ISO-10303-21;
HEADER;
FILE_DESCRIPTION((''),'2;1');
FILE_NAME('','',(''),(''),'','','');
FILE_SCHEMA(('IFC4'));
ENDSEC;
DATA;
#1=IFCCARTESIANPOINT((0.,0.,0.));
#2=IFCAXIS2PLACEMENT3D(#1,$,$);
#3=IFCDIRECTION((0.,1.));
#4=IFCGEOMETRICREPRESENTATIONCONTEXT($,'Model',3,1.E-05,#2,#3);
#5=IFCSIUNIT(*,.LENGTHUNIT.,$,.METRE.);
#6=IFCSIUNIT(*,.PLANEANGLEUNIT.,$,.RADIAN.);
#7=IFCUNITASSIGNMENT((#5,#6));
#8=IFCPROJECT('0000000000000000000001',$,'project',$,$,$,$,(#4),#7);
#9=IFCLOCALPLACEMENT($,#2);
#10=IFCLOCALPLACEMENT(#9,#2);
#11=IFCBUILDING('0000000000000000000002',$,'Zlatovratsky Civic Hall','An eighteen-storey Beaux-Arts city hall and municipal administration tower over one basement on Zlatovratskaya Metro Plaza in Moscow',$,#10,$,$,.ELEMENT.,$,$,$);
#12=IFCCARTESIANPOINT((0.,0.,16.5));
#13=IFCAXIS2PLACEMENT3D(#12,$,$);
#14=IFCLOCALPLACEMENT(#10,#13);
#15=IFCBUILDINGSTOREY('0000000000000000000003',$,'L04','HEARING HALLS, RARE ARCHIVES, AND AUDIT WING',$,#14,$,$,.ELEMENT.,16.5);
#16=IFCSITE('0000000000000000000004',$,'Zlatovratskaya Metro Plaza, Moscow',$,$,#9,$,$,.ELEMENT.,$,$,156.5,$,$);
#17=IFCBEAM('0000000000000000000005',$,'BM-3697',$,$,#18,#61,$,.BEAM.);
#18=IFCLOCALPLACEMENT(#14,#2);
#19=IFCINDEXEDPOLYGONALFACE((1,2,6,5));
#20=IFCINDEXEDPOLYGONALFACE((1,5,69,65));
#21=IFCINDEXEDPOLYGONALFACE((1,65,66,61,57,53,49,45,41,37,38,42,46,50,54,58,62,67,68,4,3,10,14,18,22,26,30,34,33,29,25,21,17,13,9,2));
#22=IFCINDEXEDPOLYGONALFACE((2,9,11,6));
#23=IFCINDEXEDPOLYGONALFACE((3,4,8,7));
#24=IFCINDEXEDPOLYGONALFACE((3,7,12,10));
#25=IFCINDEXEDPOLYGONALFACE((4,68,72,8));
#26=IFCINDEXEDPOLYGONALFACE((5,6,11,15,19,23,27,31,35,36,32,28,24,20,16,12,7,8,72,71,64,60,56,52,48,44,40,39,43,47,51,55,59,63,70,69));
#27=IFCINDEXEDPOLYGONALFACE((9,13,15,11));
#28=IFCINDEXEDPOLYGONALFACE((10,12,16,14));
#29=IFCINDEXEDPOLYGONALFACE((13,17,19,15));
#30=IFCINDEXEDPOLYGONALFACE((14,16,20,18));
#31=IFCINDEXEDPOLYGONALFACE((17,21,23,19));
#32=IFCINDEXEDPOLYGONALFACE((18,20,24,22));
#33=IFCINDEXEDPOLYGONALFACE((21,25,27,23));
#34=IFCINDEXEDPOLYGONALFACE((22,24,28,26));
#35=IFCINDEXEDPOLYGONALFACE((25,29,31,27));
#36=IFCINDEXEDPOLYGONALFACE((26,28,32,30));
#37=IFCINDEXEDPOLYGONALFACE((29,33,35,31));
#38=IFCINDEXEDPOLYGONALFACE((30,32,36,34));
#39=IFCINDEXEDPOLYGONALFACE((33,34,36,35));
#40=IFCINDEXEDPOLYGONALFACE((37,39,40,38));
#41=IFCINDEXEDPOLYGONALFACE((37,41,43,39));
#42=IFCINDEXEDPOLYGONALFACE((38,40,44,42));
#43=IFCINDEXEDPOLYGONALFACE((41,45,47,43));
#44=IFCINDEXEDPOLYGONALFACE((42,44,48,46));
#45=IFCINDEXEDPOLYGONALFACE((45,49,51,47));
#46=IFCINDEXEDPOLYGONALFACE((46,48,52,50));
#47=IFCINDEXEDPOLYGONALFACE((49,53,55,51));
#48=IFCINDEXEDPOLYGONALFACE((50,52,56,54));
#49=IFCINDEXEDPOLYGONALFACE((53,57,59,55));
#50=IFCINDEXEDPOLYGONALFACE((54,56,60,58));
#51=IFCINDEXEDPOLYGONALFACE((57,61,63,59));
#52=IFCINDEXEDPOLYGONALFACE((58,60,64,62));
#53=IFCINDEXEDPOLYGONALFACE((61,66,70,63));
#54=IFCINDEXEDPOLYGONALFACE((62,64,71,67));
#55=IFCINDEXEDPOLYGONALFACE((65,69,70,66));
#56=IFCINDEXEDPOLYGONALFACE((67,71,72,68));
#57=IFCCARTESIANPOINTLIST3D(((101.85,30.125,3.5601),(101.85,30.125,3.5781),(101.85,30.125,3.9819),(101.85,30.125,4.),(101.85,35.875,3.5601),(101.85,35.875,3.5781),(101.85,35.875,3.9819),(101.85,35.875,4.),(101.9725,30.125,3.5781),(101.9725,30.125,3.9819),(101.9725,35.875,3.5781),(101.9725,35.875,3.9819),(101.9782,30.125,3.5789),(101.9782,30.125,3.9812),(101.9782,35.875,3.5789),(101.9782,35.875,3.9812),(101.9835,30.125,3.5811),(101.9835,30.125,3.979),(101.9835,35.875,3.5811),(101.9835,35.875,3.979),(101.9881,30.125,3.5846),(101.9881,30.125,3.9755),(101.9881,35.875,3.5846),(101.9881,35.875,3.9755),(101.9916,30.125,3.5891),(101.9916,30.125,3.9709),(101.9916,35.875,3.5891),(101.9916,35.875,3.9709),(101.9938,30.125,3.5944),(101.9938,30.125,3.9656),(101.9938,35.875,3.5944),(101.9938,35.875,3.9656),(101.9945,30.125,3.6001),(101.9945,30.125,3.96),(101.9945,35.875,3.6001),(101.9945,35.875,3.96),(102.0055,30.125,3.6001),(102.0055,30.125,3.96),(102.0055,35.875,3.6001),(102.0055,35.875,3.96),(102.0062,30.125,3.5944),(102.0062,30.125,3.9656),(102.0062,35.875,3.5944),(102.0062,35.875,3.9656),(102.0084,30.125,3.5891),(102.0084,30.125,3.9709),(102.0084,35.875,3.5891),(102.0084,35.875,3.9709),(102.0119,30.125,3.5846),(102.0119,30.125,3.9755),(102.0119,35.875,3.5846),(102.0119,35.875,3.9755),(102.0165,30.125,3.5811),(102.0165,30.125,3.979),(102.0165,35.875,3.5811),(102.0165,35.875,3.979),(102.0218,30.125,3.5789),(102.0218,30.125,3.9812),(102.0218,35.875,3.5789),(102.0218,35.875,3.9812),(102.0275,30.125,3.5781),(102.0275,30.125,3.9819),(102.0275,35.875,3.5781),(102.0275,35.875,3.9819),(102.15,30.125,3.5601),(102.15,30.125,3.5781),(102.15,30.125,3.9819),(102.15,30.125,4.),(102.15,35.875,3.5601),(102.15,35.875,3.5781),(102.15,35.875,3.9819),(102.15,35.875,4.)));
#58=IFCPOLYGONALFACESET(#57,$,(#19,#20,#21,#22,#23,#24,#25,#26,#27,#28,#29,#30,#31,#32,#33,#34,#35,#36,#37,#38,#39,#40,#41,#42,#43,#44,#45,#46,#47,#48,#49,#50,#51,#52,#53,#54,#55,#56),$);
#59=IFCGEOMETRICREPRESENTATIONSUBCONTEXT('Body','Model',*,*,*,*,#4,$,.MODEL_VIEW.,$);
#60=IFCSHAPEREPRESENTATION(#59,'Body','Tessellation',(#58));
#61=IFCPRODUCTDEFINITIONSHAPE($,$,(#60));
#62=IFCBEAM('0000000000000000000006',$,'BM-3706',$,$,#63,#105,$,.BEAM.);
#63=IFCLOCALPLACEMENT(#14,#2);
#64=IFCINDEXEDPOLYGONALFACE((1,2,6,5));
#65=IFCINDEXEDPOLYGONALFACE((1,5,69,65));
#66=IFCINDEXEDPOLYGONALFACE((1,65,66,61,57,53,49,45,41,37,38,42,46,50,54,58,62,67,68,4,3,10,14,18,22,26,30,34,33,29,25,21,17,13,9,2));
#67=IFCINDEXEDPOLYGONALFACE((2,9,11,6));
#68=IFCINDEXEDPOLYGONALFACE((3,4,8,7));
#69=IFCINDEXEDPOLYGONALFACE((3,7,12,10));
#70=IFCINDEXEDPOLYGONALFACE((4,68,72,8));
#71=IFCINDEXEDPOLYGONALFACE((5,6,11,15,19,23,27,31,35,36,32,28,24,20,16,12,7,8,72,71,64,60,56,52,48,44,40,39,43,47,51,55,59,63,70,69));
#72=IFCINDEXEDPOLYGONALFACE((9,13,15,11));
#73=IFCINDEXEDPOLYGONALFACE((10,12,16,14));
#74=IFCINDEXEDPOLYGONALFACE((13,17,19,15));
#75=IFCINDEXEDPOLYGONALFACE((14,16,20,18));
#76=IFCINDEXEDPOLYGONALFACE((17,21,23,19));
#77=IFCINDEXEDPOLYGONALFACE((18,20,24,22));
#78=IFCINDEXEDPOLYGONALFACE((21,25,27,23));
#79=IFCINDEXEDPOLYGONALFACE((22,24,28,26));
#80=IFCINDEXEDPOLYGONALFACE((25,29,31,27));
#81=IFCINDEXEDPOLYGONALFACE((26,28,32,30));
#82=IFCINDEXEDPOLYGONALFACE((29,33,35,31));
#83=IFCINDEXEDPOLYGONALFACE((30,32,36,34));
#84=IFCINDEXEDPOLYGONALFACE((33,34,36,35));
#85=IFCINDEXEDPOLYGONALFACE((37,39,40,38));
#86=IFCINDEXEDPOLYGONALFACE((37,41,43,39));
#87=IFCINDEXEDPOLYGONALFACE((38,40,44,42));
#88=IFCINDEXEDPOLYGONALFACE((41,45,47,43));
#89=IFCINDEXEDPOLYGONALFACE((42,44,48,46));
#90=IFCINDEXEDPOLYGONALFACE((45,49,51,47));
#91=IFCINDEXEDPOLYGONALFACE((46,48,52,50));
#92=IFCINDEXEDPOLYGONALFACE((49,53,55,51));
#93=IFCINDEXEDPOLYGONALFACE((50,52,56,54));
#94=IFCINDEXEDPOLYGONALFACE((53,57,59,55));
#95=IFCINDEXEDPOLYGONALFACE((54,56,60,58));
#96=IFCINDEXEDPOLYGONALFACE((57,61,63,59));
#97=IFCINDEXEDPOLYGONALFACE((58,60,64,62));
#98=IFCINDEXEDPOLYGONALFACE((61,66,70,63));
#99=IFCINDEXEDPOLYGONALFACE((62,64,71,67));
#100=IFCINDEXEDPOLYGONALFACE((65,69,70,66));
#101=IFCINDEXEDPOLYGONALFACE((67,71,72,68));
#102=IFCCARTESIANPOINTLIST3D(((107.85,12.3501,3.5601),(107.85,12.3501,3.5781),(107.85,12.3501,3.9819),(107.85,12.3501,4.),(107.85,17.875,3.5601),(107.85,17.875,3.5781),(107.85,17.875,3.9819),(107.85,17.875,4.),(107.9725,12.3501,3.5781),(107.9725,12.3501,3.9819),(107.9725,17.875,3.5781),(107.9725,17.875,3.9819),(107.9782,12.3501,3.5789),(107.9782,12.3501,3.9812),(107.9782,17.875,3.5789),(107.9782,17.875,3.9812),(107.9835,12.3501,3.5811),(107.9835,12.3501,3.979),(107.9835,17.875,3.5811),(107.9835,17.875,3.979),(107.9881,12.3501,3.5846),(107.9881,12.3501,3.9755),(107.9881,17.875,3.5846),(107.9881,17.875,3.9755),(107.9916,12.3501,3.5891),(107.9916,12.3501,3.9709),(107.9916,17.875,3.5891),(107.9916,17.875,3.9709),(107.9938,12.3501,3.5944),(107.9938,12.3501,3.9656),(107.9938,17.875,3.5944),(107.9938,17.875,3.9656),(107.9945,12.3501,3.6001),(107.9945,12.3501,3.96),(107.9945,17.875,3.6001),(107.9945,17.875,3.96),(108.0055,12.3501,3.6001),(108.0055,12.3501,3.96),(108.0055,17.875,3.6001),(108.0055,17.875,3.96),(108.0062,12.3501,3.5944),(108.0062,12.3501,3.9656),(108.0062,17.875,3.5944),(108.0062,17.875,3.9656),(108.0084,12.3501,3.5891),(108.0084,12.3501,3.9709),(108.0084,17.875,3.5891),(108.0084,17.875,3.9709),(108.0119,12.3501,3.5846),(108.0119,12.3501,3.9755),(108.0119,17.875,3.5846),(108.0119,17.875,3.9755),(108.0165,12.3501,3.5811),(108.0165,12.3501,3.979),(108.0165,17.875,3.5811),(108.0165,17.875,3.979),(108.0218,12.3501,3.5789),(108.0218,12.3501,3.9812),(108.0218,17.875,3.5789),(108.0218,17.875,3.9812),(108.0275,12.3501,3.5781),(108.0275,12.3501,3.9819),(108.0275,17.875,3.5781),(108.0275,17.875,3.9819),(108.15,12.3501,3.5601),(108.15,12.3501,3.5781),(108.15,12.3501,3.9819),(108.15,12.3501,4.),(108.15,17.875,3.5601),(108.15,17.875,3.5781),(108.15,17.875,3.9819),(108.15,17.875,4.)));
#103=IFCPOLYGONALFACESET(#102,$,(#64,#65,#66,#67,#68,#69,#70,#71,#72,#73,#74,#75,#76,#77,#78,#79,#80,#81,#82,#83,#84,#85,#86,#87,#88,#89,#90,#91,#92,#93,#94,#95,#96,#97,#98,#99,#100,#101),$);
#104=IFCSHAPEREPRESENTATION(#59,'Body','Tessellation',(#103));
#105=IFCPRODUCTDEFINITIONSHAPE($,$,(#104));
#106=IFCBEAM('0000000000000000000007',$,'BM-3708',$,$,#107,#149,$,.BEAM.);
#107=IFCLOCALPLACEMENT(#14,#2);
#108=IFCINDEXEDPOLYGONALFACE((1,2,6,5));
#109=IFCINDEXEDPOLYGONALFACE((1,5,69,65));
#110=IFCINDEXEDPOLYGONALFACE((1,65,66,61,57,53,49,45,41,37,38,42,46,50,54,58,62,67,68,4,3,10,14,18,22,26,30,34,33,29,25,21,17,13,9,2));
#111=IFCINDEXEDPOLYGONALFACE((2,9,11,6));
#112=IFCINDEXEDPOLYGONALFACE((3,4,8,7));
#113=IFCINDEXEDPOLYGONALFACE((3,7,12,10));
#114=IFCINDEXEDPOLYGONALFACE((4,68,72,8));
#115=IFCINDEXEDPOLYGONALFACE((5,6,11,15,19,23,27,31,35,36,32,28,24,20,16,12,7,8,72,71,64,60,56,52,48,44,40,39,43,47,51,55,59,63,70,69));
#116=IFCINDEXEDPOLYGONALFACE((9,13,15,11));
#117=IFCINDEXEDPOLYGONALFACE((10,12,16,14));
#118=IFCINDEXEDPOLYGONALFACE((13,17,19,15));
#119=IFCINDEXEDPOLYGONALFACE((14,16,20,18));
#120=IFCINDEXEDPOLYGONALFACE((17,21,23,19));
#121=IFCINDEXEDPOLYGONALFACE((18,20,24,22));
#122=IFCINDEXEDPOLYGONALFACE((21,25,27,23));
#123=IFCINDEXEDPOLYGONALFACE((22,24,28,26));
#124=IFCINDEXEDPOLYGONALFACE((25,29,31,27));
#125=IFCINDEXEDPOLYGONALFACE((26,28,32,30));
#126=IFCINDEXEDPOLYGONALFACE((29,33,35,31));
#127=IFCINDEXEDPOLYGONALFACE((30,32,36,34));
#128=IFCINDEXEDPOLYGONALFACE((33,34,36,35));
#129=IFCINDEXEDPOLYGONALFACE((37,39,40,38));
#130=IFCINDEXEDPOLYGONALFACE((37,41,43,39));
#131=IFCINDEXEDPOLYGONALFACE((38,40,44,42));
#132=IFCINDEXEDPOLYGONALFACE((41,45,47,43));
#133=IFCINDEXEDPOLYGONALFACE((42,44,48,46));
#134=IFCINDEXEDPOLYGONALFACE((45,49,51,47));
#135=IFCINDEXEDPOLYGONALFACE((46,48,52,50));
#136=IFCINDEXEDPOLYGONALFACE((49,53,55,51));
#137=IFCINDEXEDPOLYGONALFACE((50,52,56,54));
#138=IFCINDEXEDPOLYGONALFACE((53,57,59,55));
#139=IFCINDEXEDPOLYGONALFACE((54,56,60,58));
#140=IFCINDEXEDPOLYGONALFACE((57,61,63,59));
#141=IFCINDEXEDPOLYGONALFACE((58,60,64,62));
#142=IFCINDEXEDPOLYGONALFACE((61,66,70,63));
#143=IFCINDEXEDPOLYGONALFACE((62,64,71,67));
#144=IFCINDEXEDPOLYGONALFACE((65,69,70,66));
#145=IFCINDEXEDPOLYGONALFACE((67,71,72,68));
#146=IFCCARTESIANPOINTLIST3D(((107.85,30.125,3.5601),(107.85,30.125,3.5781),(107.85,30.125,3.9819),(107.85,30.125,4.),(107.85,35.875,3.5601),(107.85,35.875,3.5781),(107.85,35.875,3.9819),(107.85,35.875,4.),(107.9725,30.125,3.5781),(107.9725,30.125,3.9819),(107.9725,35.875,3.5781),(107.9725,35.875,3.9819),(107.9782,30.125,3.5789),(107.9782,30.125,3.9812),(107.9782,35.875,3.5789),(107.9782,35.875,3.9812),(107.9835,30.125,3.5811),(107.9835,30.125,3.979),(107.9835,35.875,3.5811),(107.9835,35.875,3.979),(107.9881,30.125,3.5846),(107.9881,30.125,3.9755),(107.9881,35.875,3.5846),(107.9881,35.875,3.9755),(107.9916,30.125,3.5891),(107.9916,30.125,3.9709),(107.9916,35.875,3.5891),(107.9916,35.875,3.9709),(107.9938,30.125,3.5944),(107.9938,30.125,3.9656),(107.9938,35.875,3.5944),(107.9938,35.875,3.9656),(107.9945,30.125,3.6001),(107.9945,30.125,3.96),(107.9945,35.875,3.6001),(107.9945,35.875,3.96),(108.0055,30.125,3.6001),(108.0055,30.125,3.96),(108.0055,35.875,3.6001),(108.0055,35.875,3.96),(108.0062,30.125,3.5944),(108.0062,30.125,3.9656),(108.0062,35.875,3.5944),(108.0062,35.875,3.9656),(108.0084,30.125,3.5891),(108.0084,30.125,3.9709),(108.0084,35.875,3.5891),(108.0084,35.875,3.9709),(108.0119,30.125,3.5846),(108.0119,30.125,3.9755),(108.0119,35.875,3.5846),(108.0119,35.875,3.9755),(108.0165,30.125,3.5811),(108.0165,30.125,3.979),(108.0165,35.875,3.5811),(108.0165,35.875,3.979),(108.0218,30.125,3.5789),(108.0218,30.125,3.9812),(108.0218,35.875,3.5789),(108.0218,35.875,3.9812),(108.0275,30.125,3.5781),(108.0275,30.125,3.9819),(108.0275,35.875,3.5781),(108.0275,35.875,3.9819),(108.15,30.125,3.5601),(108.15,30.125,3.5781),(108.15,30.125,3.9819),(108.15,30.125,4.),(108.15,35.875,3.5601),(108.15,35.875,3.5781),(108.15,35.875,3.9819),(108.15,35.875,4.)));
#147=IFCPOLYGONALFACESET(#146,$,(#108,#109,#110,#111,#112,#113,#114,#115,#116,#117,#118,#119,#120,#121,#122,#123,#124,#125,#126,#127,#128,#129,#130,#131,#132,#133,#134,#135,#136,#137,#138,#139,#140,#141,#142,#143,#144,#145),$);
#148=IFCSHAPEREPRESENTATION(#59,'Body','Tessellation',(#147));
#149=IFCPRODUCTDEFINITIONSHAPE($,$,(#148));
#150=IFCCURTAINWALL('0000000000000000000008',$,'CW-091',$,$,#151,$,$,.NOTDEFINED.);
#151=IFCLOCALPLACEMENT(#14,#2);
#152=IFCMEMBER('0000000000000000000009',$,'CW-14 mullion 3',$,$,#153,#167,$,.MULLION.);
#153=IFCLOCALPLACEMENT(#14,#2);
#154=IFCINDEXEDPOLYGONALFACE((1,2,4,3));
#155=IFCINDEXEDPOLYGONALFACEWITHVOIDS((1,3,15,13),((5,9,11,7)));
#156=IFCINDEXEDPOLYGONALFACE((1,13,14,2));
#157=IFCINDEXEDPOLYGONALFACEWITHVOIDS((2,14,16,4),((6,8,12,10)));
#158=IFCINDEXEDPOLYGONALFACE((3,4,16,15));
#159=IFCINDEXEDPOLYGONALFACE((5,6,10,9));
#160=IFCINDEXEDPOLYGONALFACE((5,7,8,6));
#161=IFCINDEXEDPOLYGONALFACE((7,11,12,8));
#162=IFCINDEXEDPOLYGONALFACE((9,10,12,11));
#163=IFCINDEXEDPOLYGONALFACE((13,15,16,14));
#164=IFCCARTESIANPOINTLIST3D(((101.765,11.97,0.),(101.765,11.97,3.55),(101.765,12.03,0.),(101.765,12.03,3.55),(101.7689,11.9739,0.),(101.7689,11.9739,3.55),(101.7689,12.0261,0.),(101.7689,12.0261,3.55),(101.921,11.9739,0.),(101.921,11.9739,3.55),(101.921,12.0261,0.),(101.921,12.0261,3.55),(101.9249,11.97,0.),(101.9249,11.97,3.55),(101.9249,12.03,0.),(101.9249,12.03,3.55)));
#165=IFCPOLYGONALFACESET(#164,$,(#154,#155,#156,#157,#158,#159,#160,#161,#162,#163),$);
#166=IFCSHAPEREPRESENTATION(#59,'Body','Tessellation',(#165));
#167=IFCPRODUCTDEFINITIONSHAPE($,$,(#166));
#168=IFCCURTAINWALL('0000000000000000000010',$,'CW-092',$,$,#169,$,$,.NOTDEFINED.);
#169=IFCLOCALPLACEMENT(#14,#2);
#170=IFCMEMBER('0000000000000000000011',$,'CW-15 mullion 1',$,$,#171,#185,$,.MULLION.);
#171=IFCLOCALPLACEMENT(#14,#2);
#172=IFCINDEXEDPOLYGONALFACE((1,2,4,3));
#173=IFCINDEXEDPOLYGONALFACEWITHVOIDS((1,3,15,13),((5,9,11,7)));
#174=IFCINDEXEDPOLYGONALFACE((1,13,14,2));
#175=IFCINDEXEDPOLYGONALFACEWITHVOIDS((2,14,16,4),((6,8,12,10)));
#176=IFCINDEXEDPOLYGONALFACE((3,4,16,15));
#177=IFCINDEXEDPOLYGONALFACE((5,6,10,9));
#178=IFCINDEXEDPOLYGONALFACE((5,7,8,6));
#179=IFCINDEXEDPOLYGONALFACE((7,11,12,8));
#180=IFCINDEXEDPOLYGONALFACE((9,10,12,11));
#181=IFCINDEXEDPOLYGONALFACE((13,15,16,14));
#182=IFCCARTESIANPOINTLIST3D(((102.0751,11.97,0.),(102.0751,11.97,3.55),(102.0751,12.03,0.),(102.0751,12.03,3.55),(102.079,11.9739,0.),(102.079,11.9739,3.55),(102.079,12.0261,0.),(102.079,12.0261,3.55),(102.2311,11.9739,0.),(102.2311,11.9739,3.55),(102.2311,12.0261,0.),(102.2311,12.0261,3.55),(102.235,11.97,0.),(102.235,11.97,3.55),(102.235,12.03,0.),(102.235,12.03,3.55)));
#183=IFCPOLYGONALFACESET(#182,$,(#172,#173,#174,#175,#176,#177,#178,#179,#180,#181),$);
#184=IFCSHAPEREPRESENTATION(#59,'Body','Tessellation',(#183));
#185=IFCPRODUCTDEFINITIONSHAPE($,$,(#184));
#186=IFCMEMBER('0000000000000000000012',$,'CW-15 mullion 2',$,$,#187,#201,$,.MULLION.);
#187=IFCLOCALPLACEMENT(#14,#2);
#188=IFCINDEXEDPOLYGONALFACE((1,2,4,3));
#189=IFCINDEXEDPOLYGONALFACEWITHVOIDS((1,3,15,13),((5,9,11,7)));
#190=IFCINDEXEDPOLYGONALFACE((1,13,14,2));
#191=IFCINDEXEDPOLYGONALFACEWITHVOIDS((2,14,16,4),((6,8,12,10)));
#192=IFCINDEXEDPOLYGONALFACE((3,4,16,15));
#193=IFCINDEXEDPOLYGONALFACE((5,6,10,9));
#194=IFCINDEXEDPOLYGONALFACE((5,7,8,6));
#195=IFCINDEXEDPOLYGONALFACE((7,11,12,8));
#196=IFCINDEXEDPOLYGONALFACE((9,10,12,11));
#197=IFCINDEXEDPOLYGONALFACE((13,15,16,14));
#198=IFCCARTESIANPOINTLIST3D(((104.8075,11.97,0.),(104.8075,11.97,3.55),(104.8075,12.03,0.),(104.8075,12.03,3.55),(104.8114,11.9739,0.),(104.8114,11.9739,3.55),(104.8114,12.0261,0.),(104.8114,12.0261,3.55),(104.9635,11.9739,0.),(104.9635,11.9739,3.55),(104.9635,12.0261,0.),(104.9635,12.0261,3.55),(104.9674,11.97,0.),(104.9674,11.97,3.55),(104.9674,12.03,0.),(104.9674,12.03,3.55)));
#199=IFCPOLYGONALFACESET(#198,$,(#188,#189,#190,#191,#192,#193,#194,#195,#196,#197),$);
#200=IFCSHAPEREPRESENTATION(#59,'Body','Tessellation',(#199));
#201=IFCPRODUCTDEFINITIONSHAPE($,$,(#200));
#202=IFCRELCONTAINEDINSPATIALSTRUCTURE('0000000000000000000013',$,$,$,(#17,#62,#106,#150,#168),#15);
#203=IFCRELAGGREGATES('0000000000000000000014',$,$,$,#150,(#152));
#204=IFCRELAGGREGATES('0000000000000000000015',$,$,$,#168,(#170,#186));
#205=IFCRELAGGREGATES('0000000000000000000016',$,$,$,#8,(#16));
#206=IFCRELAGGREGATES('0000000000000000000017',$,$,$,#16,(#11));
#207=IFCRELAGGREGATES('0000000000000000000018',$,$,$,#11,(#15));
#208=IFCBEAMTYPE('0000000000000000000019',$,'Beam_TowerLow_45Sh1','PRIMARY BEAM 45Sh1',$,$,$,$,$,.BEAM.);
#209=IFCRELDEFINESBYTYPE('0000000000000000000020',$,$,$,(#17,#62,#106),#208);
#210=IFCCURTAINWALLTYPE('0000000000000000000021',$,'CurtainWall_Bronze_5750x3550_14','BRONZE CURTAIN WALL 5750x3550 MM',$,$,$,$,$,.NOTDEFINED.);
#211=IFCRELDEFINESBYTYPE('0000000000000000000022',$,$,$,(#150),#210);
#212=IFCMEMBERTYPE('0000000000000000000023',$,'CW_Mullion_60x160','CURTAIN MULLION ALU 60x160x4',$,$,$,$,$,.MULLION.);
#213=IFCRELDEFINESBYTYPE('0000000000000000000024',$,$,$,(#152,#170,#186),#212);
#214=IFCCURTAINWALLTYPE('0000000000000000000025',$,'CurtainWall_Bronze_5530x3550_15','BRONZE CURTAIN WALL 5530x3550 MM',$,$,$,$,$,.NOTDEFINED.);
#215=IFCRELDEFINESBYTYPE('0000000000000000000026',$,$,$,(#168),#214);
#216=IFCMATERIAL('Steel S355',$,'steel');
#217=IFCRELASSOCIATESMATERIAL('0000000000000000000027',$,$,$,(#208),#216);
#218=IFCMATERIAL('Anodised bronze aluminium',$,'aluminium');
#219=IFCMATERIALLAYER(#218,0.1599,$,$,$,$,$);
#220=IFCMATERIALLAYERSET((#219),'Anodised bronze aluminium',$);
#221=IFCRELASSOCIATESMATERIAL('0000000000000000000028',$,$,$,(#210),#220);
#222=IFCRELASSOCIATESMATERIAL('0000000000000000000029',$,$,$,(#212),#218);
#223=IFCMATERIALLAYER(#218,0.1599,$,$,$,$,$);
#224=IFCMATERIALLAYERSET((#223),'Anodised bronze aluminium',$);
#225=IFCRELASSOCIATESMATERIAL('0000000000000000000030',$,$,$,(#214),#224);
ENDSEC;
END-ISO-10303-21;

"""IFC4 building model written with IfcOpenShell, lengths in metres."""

from ifc_helpers import new_model, si_unit, direction, frame, origin, origin_2d, place, context, subcontext, project, spatial, hollow_rectangle, i_section, extrude, material, layer, layer_set, material_profile, profile_set, type_object, element, aggregate, save


model = new_model("IFC4")

# Units and contexts
model_context = context("Model", 3, precision=1e-05, world=origin(), true_north=direction((0.0, 1.0)))
body_context = subcontext(model_context, "Body", "Model", "MODEL_VIEW")
ifc_project = project(units=[si_unit("LENGTHUNIT", "METRE"), si_unit("PLANEANGLEUNIT", "RADIAN")], contexts=[model_context])

# Site, building, storey
site_placement = place(None, origin())
site = spatial("IfcSite", under=ifc_project, at=site_placement, Name="Zlatovratskaya Metro Plaza, Moscow", CompositionType="ELEMENT", RefElevation=156.5)
building_placement = place(site_placement, origin())
building = spatial("IfcBuilding", under=site, at=building_placement, Name="Zlatovratsky Civic Hall", Description="An eighteen-storey Beaux-Arts city hall and municipal administration tower over one basement on Zlatovratskaya Metro Plaza in Moscow", CompositionType="ELEMENT")
storey_placement = place(building_placement, frame((0.0, 0.0, 16.5)))
storey = spatial("IfcBuildingStorey", under=building, at=storey_placement, Name="L04", Description="HEARING HALLS, RARE ARCHIVES, AND AUDIT WING", CompositionType="ELEMENT", Elevation=16.5)

# Shared definitions
ifc_material_1 = material(Name="Steel S355", Category="steel")

# Beams
ifc_material_profile_1 = material_profile(ifc_material_1, i_section(OverallWidth=0.3, OverallDepth=0.4399, WebThickness=0.011, FlangeThickness=0.0181, FilletRadius=0.022, at=origin_2d()), Name="45Sh1")
ifc_profile_set_1 = profile_set([ifc_material_profile_1], Name="Steel S355")
beam_type_1 = type_object("IfcBeamType", Name="Beam_TowerLow_45Sh1", Description="PRIMARY BEAM 45Sh1", PredefinedType="BEAM", material=ifc_profile_set_1)
for number, where, z_axis, x_axis, name in (
    (1, (102.0, 30.125, 3.78), (0.0, 1.0, 0.0), (-1.0, 0.0, 0.0), "BM-3697"),
):
    element("IfcBeam", number, at=place(storey_placement, frame(where, z_axis=z_axis, x_axis=x_axis)), inside=storey, type_object=beam_type_1, Name=name, PredefinedType="BEAM", context=body_context, shape_type="SweptSolid", body=[
        extrude(i_section(OverallWidth=0.3, OverallDepth=0.4399, WebThickness=0.011, FlangeThickness=0.0181, FilletRadius=0.022, at=origin_2d()), origin(), (0.0, 0.0, 1.0), 5.75),
    ])
beam_1_placement = place(storey_placement, frame((108.0, 12.3501, 3.78), z_axis=(0.0, 1.0, 0.0), x_axis=(-1.0, 0.0, 0.0)))
element("IfcBeam", 2, at=beam_1_placement, inside=storey, type_object=beam_type_1, Name="BM-3706", PredefinedType="BEAM", context=body_context, shape_type="SweptSolid", body=[
    extrude(i_section(OverallWidth=0.3, OverallDepth=0.4399, WebThickness=0.011, FlangeThickness=0.0181, FilletRadius=0.022, at=origin_2d()), origin(), (0.0, 0.0, 1.0), 5.5249),
])
beam_2_placement = place(storey_placement, frame((108.0, 30.125, 3.78), z_axis=(0.0, 1.0, 0.0), x_axis=(-1.0, 0.0, 0.0)))
element("IfcBeam", 3, at=beam_2_placement, inside=storey, type_object=beam_type_1, Name="BM-3708", PredefinedType="BEAM", context=body_context, shape_type="SweptSolid", body=[
    extrude(i_section(OverallWidth=0.3, OverallDepth=0.4399, WebThickness=0.011, FlangeThickness=0.0181, FilletRadius=0.022, at=origin_2d()), origin(), (0.0, 0.0, 1.0), 5.75),
])

# Curtain wall, member
ifc_material_2 = material(Name="Anodised bronze aluminium", Category="aluminium")
ifc_layer_1 = layer(ifc_material_2, 0.1599)
ifc_layer_set_1 = layer_set([ifc_layer_1], Name="Anodised bronze aluminium")
curtain_wall_type_1 = type_object("IfcCurtainWallType", Name="CurtainWall_Bronze_5750x3550_14", Description="BRONZE CURTAIN WALL 5750x3550 MM", PredefinedType="NOTDEFINED", material=ifc_layer_set_1)
curtain_wall_1_placement = place(storey_placement, origin())
curtain_wall_1 = element("IfcCurtainWall", 4, at=curtain_wall_1_placement, inside=storey, type_object=curtain_wall_type_1, Name="CW-091", PredefinedType="NOTDEFINED")
ifc_material_profile_2 = material_profile(ifc_material_2, hollow_rectangle(XDim=0.0601, YDim=0.1599, WallThickness=0.0039, at=origin_2d()), Name="ALU 60x160x4")
ifc_profile_set_2 = profile_set([ifc_material_profile_2], Name="Anodised bronze aluminium")
member_type_1 = type_object("IfcMemberType", Name="CW_Mullion_60x160", Description="CURTAIN MULLION ALU 60x160x4", PredefinedType="MULLION", material=ifc_profile_set_2)
member_1_placement = place(storey_placement, frame((101.845, 12.0, 0.0), z_axis=(0.0, 0.0, 1.0), x_axis=(0.0, 1.0, 0.0)))
member_1 = element("IfcMember", 5, at=member_1_placement, type_object=member_type_1, Name="CW-14 mullion 3", PredefinedType="MULLION", context=body_context, shape_type="SweptSolid", body=[
    extrude(hollow_rectangle(XDim=0.0601, YDim=0.1599, WallThickness=0.0039, at=origin_2d()), origin(), (0.0, 0.0, 1.0), 3.55),
])

# Curtain wall, members
ifc_layer_2 = layer(ifc_material_2, 0.1599)
ifc_layer_set_2 = layer_set([ifc_layer_2], Name="Anodised bronze aluminium")
curtain_wall_type_2 = type_object("IfcCurtainWallType", Name="CurtainWall_Bronze_5530x3550_15", Description="BRONZE CURTAIN WALL 5530x3550 MM", PredefinedType="NOTDEFINED", material=ifc_layer_set_2)
curtain_wall_2_placement = place(storey_placement, origin())
curtain_wall_2 = element("IfcCurtainWall", 6, at=curtain_wall_2_placement, inside=storey, type_object=curtain_wall_type_2, Name="CW-092", PredefinedType="NOTDEFINED")
member_2_placement = place(storey_placement, frame((102.155, 12.0, 0.0), z_axis=(0.0, 0.0, 1.0), x_axis=(0.0, 1.0, 0.0)))
member_2 = element("IfcMember", 7, at=member_2_placement, type_object=member_type_1, Name="CW-15 mullion 1", PredefinedType="MULLION", context=body_context, shape_type="SweptSolid", body=[
    extrude(hollow_rectangle(XDim=0.0601, YDim=0.1599, WallThickness=0.0039, at=origin_2d()), origin(), (0.0, 0.0, 1.0), 3.55),
])
member_3_placement = place(storey_placement, frame((104.8875, 12.0, 0.0), z_axis=(0.0, 0.0, 1.0), x_axis=(0.0, 1.0, 0.0)))
member_3 = element("IfcMember", 8, at=member_3_placement, type_object=member_type_1, Name="CW-15 mullion 2", PredefinedType="MULLION", context=body_context, shape_type="SweptSolid", body=[
    extrude(hollow_rectangle(XDim=0.0601, YDim=0.1599, WallThickness=0.0039, at=origin_2d()), origin(), (0.0, 0.0, 1.0), 3.55),
])

aggregate(curtain_wall_1, [member_1])
aggregate(curtain_wall_2, [member_2, member_3])

save(model, "model.ifc")
